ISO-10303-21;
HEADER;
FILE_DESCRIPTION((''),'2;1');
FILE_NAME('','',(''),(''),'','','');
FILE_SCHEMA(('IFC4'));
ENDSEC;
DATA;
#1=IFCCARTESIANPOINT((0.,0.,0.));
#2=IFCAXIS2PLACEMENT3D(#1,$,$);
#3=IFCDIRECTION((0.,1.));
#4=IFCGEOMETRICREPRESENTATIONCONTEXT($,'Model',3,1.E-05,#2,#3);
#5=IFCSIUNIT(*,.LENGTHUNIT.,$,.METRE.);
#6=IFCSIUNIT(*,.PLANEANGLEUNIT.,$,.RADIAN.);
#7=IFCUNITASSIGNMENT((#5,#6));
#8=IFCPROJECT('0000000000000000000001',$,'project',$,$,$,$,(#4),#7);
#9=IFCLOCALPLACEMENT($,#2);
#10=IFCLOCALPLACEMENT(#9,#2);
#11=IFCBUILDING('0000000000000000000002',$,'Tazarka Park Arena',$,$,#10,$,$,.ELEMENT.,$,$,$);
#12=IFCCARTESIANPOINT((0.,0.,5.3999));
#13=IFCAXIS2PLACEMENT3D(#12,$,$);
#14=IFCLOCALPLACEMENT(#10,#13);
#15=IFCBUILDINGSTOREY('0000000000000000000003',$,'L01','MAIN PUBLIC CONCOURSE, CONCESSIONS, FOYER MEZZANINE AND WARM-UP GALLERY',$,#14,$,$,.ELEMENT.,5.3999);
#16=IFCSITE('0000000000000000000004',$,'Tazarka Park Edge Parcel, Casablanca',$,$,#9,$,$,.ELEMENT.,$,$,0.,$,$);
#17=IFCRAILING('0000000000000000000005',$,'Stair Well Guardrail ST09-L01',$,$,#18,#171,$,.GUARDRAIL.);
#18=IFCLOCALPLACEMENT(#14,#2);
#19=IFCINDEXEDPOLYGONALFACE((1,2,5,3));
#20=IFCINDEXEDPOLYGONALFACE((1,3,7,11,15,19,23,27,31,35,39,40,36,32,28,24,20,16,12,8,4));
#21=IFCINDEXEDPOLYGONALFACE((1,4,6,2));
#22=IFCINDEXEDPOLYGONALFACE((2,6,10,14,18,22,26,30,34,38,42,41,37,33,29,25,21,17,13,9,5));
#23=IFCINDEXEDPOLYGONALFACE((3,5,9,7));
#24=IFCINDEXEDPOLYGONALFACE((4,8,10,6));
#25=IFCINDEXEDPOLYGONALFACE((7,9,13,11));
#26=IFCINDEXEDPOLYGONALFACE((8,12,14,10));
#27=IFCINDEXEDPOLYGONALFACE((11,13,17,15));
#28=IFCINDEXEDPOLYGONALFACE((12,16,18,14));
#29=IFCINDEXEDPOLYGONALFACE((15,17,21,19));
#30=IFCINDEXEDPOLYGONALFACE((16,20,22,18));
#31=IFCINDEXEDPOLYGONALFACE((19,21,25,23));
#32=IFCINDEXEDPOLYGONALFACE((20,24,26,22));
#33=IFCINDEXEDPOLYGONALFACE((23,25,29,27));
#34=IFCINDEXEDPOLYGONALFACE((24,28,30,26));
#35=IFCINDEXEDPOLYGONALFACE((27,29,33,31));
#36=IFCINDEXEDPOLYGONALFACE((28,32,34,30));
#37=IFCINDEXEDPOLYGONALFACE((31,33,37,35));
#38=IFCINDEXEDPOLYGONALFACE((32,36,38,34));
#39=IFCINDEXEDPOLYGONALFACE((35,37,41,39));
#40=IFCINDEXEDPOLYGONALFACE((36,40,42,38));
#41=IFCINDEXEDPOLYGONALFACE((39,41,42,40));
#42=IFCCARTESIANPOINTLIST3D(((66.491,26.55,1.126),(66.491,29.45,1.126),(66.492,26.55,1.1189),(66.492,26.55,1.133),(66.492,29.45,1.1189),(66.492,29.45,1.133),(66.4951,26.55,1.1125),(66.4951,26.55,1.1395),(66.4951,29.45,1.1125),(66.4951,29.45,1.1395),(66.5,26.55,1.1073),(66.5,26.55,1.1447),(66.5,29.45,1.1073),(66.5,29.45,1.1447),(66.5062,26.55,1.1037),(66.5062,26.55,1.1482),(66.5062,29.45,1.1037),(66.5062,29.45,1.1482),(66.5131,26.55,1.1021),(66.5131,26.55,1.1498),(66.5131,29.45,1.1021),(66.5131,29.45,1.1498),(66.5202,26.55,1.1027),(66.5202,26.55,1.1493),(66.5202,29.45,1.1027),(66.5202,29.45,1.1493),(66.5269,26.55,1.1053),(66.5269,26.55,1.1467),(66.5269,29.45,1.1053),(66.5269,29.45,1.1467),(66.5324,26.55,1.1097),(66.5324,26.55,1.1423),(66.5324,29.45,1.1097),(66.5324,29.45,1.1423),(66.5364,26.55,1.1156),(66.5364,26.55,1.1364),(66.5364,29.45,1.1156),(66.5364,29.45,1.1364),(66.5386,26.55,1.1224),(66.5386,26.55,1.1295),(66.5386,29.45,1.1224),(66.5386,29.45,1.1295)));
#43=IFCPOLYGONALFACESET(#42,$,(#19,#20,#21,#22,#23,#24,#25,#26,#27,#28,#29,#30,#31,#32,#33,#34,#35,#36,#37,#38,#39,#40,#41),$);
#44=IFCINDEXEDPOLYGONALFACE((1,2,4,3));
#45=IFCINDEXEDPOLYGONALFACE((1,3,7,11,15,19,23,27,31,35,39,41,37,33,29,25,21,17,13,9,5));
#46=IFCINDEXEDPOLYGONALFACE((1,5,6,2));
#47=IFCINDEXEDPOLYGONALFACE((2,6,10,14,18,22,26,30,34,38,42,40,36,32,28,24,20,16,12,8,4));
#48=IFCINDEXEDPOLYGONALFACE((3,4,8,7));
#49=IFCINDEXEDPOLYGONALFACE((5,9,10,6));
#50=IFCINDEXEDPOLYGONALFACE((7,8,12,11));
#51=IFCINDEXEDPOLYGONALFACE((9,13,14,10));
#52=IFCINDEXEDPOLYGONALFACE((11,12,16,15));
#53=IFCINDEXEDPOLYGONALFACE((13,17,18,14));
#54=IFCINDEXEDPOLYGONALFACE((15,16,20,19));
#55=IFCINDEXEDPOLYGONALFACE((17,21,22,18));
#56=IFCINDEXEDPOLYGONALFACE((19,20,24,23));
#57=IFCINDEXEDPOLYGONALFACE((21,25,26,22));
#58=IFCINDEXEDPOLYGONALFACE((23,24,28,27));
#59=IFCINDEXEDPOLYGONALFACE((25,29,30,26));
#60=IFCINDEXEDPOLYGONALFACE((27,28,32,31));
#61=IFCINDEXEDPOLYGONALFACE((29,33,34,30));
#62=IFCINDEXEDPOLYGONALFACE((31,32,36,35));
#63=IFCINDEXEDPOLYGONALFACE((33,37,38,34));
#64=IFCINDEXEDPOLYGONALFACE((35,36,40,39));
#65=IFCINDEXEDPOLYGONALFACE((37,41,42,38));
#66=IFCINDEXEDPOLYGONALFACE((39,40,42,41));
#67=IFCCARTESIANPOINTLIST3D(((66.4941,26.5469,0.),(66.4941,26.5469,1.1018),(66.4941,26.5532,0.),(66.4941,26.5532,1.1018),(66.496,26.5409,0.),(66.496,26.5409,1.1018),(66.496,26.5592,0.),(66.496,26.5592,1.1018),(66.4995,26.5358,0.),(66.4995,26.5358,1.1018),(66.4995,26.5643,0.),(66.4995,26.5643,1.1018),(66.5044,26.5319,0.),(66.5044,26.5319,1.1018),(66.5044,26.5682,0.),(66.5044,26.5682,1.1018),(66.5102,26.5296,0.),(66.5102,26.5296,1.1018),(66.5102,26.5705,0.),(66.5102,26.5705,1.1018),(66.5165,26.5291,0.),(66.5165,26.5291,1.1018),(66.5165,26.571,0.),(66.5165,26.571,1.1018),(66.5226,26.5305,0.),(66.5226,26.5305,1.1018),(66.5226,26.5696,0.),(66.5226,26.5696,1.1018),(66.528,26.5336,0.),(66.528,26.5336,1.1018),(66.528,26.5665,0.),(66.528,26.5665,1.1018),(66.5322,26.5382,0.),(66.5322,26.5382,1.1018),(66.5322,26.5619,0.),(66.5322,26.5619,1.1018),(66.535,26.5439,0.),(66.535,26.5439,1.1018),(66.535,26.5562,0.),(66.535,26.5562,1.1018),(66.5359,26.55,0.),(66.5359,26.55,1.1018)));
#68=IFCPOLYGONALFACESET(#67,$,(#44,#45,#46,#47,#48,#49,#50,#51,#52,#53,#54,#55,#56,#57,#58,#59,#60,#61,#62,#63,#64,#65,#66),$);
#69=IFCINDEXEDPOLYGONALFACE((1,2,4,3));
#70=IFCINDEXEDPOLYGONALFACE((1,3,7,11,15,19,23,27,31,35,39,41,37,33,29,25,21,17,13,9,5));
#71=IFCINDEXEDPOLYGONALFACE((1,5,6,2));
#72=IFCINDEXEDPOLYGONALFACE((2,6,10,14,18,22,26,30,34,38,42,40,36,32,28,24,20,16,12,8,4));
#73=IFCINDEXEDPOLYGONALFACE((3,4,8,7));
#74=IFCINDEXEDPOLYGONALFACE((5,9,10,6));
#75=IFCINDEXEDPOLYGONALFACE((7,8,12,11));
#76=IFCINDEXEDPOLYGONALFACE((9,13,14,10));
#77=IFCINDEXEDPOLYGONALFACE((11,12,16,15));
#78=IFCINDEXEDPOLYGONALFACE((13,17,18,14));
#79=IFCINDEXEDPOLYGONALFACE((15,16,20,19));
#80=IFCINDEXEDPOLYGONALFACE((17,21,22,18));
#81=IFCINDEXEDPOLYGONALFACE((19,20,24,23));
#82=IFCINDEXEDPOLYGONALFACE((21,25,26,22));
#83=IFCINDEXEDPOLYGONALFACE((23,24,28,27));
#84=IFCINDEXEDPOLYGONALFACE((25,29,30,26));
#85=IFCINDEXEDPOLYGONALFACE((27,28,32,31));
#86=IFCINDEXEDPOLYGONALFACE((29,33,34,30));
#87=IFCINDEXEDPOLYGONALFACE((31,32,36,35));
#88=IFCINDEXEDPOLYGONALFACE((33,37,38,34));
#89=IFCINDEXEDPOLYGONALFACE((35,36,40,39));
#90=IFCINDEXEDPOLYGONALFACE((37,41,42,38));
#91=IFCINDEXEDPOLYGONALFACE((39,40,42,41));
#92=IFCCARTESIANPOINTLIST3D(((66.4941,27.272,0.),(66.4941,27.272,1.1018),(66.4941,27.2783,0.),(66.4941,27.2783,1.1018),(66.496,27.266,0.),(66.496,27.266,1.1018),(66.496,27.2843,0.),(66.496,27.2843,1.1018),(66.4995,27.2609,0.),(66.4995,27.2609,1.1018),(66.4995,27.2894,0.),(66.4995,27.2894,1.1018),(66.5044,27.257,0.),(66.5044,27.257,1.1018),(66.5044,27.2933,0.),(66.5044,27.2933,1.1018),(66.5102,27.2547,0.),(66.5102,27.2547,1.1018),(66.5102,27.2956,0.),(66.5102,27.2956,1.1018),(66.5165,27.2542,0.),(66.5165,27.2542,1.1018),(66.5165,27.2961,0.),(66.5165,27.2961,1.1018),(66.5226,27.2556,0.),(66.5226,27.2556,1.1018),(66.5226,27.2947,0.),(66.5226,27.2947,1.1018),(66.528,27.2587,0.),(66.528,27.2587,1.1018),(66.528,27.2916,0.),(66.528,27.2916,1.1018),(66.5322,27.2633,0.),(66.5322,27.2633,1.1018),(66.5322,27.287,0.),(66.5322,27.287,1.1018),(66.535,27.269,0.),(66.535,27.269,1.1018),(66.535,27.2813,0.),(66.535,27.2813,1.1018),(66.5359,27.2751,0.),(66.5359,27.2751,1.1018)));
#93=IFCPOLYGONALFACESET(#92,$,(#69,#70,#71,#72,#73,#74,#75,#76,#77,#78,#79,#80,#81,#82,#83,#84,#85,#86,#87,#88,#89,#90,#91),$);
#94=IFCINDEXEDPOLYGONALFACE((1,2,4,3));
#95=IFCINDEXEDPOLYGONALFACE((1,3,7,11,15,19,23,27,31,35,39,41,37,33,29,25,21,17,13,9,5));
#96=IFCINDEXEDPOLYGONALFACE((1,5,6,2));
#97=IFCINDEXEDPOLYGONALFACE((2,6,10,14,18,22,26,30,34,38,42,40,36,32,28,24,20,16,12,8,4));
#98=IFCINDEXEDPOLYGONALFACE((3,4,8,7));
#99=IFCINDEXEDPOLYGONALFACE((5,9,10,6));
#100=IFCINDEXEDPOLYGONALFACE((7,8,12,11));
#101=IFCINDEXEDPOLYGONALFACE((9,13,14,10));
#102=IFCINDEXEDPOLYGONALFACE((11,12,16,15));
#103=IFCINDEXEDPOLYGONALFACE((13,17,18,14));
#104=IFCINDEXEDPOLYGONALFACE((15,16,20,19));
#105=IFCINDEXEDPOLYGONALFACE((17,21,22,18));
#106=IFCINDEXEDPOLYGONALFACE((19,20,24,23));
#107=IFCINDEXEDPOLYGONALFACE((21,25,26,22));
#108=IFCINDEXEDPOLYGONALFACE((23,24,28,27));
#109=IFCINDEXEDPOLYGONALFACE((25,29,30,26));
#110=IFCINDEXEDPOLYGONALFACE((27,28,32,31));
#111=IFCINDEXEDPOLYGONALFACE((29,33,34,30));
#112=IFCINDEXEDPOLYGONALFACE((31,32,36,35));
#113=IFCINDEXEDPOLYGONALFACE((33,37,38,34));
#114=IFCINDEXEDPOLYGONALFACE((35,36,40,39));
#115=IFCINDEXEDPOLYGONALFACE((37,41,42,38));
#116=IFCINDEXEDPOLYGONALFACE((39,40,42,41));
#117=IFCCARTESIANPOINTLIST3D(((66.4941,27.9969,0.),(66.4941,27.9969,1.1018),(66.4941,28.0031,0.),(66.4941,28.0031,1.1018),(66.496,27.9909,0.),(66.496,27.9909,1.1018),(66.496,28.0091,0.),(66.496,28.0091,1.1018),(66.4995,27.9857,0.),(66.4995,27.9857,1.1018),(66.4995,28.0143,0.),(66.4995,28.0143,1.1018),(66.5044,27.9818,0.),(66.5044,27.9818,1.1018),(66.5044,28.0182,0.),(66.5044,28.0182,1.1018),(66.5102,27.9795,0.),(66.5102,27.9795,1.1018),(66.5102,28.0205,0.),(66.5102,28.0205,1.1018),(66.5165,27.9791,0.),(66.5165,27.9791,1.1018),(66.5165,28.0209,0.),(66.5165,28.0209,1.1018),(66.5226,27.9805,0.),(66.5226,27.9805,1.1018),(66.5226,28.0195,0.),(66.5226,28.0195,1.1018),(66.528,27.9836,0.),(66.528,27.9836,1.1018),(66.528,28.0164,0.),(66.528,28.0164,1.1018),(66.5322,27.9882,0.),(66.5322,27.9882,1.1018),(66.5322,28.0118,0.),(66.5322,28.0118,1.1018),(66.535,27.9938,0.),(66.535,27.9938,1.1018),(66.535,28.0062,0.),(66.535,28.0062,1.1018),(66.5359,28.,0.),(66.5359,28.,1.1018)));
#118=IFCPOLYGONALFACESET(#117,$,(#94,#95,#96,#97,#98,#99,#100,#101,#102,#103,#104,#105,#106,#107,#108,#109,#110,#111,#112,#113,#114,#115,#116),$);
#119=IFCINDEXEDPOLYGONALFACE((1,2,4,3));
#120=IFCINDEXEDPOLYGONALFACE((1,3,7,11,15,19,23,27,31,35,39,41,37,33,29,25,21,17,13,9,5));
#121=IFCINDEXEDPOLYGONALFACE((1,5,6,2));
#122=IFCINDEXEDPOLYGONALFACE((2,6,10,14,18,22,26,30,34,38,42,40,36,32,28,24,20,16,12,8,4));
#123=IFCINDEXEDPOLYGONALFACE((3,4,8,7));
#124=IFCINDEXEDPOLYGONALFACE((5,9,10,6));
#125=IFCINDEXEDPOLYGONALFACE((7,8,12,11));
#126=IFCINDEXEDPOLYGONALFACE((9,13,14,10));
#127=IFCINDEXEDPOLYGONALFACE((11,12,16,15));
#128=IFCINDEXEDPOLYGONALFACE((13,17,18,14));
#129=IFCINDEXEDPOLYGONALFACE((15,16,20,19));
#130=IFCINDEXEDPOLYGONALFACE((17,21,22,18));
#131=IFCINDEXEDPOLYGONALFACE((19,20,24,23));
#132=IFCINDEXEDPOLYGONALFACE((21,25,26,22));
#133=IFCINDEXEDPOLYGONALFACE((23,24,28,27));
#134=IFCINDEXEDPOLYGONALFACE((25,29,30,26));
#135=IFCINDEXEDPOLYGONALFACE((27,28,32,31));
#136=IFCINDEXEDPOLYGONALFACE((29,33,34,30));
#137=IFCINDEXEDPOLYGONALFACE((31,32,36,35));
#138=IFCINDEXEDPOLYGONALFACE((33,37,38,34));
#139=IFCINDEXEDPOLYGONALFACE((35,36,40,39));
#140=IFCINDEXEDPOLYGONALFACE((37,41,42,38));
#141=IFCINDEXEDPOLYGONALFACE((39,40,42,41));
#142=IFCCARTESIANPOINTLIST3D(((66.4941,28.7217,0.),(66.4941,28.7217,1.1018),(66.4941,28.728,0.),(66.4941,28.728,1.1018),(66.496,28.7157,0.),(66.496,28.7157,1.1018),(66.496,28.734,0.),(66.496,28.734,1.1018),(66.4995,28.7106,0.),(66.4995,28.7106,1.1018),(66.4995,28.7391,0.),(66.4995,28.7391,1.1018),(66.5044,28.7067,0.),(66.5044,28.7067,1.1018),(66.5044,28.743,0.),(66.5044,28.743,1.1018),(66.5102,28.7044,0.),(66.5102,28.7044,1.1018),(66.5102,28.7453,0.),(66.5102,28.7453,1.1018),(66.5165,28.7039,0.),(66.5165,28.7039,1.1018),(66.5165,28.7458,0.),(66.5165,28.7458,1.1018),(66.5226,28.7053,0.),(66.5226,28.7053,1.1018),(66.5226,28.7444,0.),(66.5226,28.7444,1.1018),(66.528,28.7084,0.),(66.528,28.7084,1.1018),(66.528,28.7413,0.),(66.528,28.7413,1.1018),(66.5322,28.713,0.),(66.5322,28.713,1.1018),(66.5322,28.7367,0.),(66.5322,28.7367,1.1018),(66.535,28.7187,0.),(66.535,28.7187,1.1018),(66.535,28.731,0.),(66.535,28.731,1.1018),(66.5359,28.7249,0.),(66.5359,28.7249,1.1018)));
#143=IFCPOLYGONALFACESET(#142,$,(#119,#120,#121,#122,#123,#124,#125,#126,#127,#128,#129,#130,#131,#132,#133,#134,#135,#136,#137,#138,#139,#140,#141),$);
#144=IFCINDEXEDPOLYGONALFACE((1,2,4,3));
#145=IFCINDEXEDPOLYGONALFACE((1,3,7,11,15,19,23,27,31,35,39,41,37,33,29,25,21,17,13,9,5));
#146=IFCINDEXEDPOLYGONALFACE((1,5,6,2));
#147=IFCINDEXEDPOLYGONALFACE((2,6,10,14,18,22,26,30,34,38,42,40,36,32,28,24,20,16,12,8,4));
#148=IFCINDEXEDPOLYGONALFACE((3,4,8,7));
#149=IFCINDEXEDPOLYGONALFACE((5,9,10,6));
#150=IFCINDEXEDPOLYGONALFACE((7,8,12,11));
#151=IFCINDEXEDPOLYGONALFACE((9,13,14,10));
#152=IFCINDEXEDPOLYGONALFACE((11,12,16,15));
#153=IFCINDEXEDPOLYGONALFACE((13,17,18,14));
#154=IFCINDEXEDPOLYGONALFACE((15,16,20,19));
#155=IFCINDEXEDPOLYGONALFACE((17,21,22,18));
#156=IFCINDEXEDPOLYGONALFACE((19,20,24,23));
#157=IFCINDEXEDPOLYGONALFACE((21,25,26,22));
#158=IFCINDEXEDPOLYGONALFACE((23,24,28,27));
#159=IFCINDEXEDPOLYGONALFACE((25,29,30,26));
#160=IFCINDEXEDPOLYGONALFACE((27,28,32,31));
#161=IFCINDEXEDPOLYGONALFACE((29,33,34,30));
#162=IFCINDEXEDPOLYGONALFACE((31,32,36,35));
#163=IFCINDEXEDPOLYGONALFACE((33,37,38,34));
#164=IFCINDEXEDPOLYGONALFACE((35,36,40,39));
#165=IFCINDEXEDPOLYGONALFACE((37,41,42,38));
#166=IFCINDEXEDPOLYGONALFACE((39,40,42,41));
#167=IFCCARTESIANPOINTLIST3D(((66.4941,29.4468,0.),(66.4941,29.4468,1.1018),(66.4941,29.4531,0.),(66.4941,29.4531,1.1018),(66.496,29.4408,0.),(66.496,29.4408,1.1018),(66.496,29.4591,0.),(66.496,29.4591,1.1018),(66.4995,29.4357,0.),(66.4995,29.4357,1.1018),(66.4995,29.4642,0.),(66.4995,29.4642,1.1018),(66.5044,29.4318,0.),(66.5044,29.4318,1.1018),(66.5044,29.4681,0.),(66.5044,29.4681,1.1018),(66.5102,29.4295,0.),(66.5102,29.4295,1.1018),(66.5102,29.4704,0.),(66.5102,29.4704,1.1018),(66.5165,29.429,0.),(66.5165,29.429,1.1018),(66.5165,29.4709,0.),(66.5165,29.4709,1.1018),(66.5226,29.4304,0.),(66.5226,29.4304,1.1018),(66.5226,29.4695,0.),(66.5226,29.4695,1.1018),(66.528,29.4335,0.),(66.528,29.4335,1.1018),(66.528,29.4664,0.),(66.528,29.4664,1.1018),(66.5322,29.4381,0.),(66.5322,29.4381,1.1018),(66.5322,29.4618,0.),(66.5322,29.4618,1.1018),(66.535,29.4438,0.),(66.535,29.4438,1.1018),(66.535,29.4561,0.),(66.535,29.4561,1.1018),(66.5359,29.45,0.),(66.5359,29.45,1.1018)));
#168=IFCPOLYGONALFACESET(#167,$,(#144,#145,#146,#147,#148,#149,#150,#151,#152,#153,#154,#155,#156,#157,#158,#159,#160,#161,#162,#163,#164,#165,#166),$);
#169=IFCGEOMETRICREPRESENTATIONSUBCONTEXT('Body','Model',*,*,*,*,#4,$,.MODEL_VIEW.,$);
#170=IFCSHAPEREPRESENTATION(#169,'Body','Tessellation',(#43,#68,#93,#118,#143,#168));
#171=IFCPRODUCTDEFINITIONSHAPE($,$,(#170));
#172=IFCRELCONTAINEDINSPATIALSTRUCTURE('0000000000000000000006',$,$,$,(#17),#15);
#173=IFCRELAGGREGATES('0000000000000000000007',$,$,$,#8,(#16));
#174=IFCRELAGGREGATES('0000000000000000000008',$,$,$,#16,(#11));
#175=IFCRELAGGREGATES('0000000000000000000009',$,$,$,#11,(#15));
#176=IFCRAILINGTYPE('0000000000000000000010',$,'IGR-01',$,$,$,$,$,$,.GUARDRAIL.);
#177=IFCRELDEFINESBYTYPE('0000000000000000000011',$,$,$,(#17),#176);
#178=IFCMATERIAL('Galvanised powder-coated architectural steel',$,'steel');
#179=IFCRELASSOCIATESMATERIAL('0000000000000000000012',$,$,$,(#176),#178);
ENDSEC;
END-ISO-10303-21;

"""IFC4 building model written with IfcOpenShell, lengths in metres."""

from ifc_helpers import new_model, si_unit, direction, frame, origin, origin_2d, place, context, subcontext, project, spatial, circle, extrude, material, type_object, element, save


model = new_model("IFC4")

# Units and contexts
model_context = context("Model", 3, precision=1e-05, world=origin(), true_north=direction((0.0, 1.0)))
body_context = subcontext(model_context, "Body", "Model", "MODEL_VIEW")
ifc_project = project(units=[si_unit("LENGTHUNIT", "METRE"), si_unit("PLANEANGLEUNIT", "RADIAN")], contexts=[model_context])

# Site, building, storey
site_placement = place(None, origin())
site = spatial("IfcSite", under=ifc_project, at=site_placement, Name="Tazarka Park Edge Parcel, Casablanca", CompositionType="ELEMENT", RefElevation=0.0)
building_placement = place(site_placement, origin())
building = spatial("IfcBuilding", under=site, at=building_placement, Name="Tazarka Park Arena", CompositionType="ELEMENT")
storey_placement = place(building_placement, frame((0.0, 0.0, 5.3999)))
storey = spatial("IfcBuildingStorey", under=building, at=storey_placement, Name="L01", Description="MAIN PUBLIC CONCOURSE, CONCESSIONS, FOYER MEZZANINE AND WARM-UP GALLERY", CompositionType="ELEMENT", Elevation=5.3999)

# Railing
ifc_material_1 = material(Name="Galvanised powder-coated architectural steel", Category="steel")
railing_type_1 = type_object("IfcRailingType", Name="IGR-01", PredefinedType="GUARDRAIL", material=ifc_material_1)
for number, where, name in (
    (1, (66.5149, 26.55, 0.0), "Stair Well Guardrail ST09-L01"),
):
    element("IfcRailing", number, at=place(storey_placement, frame(where)), inside=storey, type_object=railing_type_1, Name=name, PredefinedType="GUARDRAIL", context=body_context, shape_type="SweptSolid", body=[
        extrude(circle(Radius=0.0239, at=origin_2d()), frame((0.0, 0.0, 1.126), z_axis=(0.0, 1.0, 0.0), x_axis=(-1.0, 0.0, 0.0)), (0.0, 0.0, 1.0), 2.8999),
        extrude(circle(Radius=0.021, at=origin_2d()), origin(), (0.0, 0.0, 1.0), 1.1018),
        extrude(circle(Radius=0.021, at=origin_2d()), frame((0.0, 0.7251, 0.0)), (0.0, 0.0, 1.0), 1.1018),
        extrude(circle(Radius=0.021, at=origin_2d()), frame((0.0, 1.45, 0.0)), (0.0, 0.0, 1.0), 1.1018),
        extrude(circle(Radius=0.021, at=origin_2d()), frame((0.0, 2.1748, 0.0)), (0.0, 0.0, 1.0), 1.1018),
        extrude(circle(Radius=0.021, at=origin_2d()), frame((0.0, 2.8999, 0.0)), (0.0, 0.0, 1.0), 1.1018),
    ])

save(model, "model.ifc")
